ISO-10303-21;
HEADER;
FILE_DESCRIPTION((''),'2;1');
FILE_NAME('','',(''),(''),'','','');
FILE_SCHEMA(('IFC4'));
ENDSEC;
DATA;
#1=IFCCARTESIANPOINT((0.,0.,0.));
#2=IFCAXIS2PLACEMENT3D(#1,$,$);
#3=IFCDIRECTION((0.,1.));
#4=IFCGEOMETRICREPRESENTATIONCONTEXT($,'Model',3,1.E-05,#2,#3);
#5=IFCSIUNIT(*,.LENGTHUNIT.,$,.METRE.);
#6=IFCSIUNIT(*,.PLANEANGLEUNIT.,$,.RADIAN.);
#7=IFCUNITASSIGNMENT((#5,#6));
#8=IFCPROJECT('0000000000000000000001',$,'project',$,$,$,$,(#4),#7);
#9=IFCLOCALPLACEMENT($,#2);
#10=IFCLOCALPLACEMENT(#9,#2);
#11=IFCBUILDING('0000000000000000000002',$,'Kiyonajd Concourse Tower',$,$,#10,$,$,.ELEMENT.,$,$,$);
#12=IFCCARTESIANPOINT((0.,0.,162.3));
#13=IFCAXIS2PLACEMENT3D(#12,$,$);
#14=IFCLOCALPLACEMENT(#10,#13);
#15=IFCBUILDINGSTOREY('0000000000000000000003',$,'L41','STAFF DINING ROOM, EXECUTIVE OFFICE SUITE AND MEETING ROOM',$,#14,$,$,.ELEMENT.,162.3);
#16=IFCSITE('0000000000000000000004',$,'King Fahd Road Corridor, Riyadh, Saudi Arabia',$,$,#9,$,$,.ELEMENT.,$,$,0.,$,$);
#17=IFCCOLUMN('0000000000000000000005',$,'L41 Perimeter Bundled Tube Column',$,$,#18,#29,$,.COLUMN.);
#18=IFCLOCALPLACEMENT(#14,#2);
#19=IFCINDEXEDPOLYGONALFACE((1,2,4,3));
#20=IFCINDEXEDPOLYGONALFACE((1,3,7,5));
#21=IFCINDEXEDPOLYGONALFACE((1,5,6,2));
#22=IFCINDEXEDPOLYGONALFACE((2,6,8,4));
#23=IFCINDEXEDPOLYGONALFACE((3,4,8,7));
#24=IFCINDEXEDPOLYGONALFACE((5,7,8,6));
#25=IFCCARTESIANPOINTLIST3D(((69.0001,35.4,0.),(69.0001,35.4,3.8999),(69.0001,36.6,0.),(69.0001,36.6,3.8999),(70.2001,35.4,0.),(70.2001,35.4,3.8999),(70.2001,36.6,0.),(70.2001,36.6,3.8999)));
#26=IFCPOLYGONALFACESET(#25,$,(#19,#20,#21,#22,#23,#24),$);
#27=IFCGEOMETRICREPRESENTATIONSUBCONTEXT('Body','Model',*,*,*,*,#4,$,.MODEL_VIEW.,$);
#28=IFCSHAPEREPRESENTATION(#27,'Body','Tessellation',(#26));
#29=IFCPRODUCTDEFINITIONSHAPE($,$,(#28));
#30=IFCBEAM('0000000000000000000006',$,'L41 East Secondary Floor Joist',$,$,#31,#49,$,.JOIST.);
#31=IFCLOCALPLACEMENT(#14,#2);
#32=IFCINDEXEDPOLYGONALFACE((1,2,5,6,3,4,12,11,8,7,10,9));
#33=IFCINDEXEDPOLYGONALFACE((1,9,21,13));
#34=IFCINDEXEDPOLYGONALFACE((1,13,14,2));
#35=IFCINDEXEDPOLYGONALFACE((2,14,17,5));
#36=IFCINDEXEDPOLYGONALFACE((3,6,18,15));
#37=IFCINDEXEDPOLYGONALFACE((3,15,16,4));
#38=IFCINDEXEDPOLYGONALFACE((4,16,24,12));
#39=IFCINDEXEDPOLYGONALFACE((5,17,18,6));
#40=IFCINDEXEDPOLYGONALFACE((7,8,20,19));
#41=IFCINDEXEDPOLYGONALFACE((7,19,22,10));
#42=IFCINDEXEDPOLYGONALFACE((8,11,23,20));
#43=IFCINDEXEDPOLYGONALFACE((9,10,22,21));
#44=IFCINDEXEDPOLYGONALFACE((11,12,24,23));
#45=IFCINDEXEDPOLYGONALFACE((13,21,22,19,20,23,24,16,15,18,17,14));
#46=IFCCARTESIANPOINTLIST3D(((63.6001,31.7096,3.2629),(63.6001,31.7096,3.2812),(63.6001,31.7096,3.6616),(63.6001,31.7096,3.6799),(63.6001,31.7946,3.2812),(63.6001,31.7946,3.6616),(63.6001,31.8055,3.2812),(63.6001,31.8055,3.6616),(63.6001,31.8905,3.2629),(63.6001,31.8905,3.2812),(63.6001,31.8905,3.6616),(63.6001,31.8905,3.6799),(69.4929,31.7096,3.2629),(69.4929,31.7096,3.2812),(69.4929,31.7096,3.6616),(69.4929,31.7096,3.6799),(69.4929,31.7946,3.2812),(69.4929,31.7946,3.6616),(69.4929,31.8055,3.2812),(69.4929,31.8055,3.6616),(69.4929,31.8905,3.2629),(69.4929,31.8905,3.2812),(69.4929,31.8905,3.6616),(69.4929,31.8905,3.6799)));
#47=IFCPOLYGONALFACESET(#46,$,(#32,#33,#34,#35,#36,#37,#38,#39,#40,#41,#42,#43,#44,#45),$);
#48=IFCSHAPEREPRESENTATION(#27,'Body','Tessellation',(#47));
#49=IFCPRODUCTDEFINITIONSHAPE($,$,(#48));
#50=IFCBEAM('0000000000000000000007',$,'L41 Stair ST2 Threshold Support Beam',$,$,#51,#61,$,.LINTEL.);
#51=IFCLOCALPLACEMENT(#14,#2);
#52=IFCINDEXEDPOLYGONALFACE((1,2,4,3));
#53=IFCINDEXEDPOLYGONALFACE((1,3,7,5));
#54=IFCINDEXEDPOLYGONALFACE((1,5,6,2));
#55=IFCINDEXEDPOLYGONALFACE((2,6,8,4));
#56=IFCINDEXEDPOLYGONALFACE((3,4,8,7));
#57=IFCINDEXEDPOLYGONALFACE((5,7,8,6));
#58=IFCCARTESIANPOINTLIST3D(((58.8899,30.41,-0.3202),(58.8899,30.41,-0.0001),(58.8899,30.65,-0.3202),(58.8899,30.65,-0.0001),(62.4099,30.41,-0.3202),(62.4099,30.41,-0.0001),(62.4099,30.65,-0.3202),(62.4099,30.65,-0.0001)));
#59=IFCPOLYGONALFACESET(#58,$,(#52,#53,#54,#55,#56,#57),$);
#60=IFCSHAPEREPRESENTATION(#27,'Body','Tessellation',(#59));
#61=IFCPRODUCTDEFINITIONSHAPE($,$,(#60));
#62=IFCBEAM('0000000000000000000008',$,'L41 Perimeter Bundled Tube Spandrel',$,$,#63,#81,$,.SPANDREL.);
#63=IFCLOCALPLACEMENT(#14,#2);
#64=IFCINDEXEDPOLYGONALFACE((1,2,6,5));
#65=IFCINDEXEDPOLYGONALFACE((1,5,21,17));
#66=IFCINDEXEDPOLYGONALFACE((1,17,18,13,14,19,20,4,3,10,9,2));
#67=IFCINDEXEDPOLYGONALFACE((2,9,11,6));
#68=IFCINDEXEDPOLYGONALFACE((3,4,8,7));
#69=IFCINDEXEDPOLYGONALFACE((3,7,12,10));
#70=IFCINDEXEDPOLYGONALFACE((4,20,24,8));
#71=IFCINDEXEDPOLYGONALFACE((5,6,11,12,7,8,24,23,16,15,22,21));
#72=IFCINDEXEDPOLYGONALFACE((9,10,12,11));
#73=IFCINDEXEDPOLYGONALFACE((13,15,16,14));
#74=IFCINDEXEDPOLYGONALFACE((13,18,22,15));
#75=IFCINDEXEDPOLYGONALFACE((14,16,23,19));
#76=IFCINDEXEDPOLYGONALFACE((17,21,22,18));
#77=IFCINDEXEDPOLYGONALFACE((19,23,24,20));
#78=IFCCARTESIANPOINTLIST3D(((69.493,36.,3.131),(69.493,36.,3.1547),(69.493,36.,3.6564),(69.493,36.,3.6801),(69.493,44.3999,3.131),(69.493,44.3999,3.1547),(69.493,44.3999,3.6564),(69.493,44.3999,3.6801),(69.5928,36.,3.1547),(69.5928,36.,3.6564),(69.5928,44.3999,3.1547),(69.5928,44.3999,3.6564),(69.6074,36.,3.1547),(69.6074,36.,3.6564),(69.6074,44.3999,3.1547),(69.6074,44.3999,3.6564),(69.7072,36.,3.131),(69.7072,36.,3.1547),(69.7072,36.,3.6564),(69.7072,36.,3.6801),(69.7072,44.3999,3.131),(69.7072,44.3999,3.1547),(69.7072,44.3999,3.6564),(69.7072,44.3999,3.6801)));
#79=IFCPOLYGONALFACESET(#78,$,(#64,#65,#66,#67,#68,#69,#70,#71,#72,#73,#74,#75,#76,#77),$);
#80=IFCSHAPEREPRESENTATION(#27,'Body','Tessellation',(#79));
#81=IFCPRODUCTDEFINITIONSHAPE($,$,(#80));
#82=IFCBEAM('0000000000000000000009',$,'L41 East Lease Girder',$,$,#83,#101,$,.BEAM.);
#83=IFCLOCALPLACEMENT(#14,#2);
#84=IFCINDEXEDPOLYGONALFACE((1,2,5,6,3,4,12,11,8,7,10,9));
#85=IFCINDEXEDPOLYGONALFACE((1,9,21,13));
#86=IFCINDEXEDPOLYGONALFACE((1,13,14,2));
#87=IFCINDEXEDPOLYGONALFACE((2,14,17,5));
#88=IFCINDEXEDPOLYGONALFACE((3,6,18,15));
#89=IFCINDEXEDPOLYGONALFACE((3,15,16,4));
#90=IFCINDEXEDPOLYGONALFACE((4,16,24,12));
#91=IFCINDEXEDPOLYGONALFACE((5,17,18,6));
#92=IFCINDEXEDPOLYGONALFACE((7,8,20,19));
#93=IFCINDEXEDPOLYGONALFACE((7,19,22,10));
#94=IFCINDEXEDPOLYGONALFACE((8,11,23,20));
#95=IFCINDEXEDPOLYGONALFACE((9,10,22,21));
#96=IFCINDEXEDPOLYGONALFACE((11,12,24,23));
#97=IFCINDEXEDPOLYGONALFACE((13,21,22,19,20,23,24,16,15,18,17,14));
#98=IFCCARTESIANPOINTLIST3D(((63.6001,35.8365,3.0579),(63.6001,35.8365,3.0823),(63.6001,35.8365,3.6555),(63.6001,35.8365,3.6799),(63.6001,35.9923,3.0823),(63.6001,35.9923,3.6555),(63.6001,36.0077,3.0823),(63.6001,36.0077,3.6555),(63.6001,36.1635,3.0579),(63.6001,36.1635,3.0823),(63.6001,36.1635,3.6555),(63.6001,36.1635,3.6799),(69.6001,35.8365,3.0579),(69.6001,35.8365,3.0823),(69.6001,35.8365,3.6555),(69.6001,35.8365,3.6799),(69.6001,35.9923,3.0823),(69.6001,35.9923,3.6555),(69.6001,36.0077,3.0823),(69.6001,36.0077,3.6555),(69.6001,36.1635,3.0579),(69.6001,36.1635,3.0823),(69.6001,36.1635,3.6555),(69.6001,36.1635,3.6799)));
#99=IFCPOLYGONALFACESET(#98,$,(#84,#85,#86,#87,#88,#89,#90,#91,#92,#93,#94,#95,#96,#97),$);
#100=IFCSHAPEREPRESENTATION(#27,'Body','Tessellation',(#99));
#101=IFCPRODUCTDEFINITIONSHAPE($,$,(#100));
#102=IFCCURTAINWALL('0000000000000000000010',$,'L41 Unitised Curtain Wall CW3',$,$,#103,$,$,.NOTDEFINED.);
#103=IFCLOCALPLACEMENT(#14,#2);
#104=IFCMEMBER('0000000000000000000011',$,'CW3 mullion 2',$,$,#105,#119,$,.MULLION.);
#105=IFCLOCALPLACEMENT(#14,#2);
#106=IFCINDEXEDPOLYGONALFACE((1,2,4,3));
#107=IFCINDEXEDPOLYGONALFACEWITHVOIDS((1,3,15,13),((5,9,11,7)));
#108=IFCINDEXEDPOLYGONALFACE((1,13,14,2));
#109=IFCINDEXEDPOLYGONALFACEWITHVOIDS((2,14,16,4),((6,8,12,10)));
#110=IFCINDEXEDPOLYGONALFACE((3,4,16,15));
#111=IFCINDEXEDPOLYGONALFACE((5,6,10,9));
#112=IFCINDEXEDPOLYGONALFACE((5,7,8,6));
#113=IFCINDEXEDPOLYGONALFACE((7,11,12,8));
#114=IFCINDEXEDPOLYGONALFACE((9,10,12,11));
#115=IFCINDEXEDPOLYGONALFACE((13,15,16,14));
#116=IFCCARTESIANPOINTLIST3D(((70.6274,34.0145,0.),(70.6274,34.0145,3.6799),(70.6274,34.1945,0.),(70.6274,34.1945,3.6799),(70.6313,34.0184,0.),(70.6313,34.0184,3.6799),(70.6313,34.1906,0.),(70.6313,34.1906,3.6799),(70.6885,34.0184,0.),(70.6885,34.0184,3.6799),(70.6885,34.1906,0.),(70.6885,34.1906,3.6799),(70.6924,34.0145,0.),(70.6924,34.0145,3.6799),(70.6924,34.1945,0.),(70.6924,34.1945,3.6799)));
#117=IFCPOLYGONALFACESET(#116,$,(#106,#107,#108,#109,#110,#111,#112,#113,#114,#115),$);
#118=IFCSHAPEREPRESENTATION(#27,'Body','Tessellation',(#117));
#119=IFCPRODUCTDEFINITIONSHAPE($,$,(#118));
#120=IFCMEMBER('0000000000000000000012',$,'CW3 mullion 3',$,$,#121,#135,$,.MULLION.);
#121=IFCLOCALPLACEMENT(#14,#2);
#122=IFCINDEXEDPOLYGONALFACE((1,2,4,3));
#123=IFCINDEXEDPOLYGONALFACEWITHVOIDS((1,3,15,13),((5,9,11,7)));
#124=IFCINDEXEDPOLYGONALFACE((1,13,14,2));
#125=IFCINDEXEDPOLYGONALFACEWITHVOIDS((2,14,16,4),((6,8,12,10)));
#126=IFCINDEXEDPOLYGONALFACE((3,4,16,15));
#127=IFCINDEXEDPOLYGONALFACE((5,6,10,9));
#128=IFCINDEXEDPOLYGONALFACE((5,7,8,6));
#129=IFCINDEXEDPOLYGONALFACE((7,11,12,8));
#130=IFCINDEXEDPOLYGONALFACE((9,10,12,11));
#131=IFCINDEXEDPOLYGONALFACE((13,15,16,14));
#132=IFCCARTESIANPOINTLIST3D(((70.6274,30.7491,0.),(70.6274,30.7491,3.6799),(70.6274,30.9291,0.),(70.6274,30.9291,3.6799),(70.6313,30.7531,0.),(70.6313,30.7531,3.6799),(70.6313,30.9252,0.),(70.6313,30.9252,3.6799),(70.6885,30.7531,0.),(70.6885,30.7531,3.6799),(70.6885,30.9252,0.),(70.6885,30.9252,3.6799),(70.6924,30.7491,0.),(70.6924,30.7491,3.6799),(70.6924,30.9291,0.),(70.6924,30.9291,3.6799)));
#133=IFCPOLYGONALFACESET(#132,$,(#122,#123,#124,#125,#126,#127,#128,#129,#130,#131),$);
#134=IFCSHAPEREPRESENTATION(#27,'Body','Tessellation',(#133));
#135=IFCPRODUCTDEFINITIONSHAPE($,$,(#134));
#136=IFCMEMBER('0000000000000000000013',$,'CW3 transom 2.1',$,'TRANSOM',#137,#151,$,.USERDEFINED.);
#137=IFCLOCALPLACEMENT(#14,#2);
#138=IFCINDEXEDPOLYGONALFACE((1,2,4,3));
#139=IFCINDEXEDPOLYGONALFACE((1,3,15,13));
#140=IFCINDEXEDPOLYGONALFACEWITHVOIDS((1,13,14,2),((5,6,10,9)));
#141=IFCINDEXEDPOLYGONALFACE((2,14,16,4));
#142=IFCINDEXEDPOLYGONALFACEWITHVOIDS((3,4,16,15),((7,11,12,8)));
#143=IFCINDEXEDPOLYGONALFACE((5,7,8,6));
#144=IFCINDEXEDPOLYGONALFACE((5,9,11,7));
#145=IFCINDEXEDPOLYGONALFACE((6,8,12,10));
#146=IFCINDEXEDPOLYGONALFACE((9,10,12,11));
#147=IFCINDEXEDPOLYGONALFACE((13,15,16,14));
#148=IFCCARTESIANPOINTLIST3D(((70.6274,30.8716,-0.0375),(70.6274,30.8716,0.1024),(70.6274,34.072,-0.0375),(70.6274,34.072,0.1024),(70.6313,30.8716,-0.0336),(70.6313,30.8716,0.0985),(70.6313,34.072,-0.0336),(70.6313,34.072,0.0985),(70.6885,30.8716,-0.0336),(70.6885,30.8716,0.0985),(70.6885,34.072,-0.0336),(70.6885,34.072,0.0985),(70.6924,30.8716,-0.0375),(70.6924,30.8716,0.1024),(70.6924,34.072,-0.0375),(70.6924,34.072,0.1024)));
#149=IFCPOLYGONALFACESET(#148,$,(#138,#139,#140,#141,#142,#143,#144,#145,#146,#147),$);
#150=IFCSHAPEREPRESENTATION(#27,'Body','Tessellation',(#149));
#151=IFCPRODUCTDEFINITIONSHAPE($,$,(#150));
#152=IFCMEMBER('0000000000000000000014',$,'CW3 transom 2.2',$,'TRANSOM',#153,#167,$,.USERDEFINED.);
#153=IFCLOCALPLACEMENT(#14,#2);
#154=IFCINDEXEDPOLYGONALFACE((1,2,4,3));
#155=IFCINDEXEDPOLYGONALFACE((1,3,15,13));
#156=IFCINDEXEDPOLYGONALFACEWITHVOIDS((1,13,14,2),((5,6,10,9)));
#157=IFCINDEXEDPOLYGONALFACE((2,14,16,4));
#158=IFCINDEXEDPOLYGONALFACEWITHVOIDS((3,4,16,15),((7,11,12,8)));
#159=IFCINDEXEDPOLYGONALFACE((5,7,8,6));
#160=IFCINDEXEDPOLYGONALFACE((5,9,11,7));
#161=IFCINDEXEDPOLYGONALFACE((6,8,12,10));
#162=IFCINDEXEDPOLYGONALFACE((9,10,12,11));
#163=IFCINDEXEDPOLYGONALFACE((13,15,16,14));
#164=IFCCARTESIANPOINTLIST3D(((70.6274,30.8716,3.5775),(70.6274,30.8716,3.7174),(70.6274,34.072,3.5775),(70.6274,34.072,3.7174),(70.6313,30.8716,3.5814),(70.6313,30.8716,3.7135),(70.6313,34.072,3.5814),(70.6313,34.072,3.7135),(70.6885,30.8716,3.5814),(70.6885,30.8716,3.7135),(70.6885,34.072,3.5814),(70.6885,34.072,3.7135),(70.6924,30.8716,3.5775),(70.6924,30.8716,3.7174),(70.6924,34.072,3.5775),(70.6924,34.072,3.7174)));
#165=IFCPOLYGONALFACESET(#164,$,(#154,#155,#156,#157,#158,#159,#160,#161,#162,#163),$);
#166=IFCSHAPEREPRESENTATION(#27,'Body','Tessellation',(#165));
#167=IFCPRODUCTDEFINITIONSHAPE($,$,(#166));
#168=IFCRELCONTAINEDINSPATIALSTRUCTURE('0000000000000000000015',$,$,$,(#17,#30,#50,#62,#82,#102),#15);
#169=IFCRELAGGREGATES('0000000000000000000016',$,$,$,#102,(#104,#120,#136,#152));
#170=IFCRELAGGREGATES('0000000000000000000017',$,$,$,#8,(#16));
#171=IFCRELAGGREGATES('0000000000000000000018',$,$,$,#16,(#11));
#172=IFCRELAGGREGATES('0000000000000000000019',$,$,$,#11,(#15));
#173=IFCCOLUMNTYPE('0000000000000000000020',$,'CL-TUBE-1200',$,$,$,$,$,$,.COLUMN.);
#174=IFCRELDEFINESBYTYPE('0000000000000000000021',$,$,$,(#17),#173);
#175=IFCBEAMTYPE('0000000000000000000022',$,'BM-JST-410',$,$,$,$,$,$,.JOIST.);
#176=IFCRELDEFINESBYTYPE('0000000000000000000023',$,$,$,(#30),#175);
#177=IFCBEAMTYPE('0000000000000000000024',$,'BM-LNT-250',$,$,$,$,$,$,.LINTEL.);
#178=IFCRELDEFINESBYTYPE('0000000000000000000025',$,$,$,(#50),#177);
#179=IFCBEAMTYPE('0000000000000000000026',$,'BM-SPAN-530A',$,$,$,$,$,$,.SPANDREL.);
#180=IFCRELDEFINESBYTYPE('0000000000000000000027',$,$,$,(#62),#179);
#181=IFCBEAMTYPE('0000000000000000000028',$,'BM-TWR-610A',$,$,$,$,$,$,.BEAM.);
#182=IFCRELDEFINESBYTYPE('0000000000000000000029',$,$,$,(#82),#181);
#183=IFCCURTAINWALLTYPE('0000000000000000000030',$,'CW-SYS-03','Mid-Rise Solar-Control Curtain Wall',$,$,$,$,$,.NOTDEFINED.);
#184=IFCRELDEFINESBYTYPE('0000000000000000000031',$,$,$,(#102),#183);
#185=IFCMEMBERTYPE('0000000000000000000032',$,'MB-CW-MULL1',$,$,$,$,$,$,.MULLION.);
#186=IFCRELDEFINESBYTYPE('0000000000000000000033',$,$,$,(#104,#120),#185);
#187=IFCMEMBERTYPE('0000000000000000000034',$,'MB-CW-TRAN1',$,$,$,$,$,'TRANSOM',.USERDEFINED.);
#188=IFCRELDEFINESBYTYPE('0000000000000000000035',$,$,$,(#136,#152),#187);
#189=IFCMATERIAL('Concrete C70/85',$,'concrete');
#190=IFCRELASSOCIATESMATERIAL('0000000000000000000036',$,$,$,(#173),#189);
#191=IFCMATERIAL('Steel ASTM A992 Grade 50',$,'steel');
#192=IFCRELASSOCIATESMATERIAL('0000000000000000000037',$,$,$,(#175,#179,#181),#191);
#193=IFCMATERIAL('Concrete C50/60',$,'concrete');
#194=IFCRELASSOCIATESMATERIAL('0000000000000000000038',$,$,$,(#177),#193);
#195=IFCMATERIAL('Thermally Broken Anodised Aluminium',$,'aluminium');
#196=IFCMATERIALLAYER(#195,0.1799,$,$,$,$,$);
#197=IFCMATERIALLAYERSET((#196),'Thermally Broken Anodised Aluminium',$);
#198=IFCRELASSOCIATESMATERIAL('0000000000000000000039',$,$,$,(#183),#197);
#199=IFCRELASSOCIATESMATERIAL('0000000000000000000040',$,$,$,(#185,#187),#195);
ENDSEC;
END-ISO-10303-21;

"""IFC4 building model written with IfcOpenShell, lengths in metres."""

from ifc_helpers import new_model, si_unit, direction, frame, origin, origin_2d, place, context, subcontext, project, spatial, rectangle, hollow_rectangle, i_section, extrude, material, layer, layer_set, material_profile, profile_set, type_object, element, aggregate, save


model = new_model("IFC4")

# Units and contexts
model_context = context("Model", 3, precision=1e-05, world=origin(), true_north=direction((0.0, 1.0)))
body_context = subcontext(model_context, "Body", "Model", "MODEL_VIEW")
ifc_project = project(units=[si_unit("LENGTHUNIT", "METRE"), si_unit("PLANEANGLEUNIT", "RADIAN")], contexts=[model_context])

# Site, building, storey
site_placement = place(None, origin())
site = spatial("IfcSite", under=ifc_project, at=site_placement, Name="King Fahd Road Corridor, Riyadh, Saudi Arabia", CompositionType="ELEMENT", RefElevation=0.0)
building_placement = place(site_placement, origin())
building = spatial("IfcBuilding", under=site, at=building_placement, Name="Kiyonajd Concourse Tower", CompositionType="ELEMENT")
storey_placement = place(building_placement, frame((0.0, 0.0, 162.3)))
storey = spatial("IfcBuildingStorey", under=building, at=storey_placement, Name="L41", Description="STAFF DINING ROOM, EXECUTIVE OFFICE SUITE AND MEETING ROOM", CompositionType="ELEMENT", Elevation=162.3)

# Column
ifc_material_1 = material(Name="Concrete C70/85", Category="concrete")
ifc_material_profile_1 = material_profile(ifc_material_1, rectangle(XDim=1.2, YDim=1.2, at=origin_2d()), Name="RC-1200x1200")
ifc_profile_set_1 = profile_set([ifc_material_profile_1], Name="Concrete C70/85")
column_type = type_object("IfcColumnType", Name="CL-TUBE-1200", PredefinedType="COLUMN", material=ifc_profile_set_1)
column_placement = place(storey_placement, frame((69.6001, 36.0, 0.0), z_axis=(0.0, 0.0, 1.0), x_axis=(1.0, 0.0, 0.0)))
element("IfcColumn", 1, at=column_placement, inside=storey, type_object=column_type, Name="L41 Perimeter Bundled Tube Column", PredefinedType="COLUMN", context=body_context, shape_type="SweptSolid", body=[
    extrude(rectangle(XDim=1.2, YDim=1.2, at=origin_2d()), origin(), (0.0, 0.0, 1.0), 3.8999),
])

# Beams
ifc_material_2 = material(Name="Steel ASTM A992 Grade 50", Category="steel")
ifc_material_profile_2 = material_profile(ifc_material_2, i_section(OverallWidth=0.1809, OverallDepth=0.417, WebThickness=0.011, FlangeThickness=0.0183, at=origin_2d()), Name="W410X85")
ifc_profile_set_2 = profile_set([ifc_material_profile_2], Name="Steel ASTM A992 Grade 50")
beam_type_1 = type_object("IfcBeamType", Name="BM-JST-410", PredefinedType="JOIST", material=ifc_profile_set_2)
beam_1_placement = place(storey_placement, frame((63.6001, 31.8, 3.4714), z_axis=(1.0, 0.0, 0.0), x_axis=(0.0, 1.0, 0.0)))
element("IfcBeam", 2, at=beam_1_placement, inside=storey, type_object=beam_type_1, Name="L41 East Secondary Floor Joist", PredefinedType="JOIST", context=body_context, shape_type="SweptSolid", body=[
    extrude(i_section(OverallWidth=0.1809, OverallDepth=0.417, WebThickness=0.011, FlangeThickness=0.0183, at=origin_2d()), origin(), (0.0, 0.0, 1.0), 5.8928),
])
ifc_material_3 = material(Name="Concrete C50/60", Category="concrete")
ifc_material_profile_3 = material_profile(ifc_material_3, rectangle(XDim=0.24, YDim=0.3201, at=origin_2d()), Name="RCBM-240x320")
ifc_profile_set_3 = profile_set([ifc_material_profile_3], Name="Concrete C50/60")
beam_type_2 = type_object("IfcBeamType", Name="BM-LNT-250", PredefinedType="LINTEL", material=ifc_profile_set_3)
beam_2_placement = place(storey_placement, frame((58.8899, 30.53, -0.1602), z_axis=(1.0, 0.0, 0.0), x_axis=(0.0, 1.0, 0.0)))
element("IfcBeam", 3, at=beam_2_placement, inside=storey, type_object=beam_type_2, Name="L41 Stair ST2 Threshold Support Beam", PredefinedType="LINTEL", context=body_context, shape_type="SweptSolid", body=[
    extrude(rectangle(XDim=0.24, YDim=0.3201, at=origin_2d()), origin(), (0.0, 0.0, 1.0), 3.52),
])
ifc_material_profile_4 = material_profile(ifc_material_2, i_section(OverallWidth=0.2141, OverallDepth=0.5491, WebThickness=0.0146, FlangeThickness=0.0237, at=origin_2d()), Name="W530X138")
ifc_profile_set_4 = profile_set([ifc_material_profile_4], Name="Steel ASTM A992 Grade 50")
beam_type_3 = type_object("IfcBeamType", Name="BM-SPAN-530A", PredefinedType="SPANDREL", material=ifc_profile_set_4)
beam_3_placement = place(storey_placement, frame((69.6001, 36.0, 3.4055), z_axis=(0.0, 1.0, 0.0), x_axis=(-1.0, 0.0, 0.0)))
element("IfcBeam", 4, at=beam_3_placement, inside=storey, type_object=beam_type_3, Name="L41 Perimeter Bundled Tube Spandrel", PredefinedType="SPANDREL", context=body_context, shape_type="SweptSolid", body=[
    extrude(i_section(OverallWidth=0.2141, OverallDepth=0.5491, WebThickness=0.0146, FlangeThickness=0.0237, at=origin_2d()), origin(), (0.0, 0.0, 1.0), 8.3999),
])
ifc_material_profile_5 = material_profile(ifc_material_2, i_section(OverallWidth=0.3269, OverallDepth=0.6221, WebThickness=0.0154, FlangeThickness=0.0244, at=origin_2d()), Name="W610X195")
ifc_profile_set_5 = profile_set([ifc_material_profile_5], Name="Steel ASTM A992 Grade 50")
beam_type_4 = type_object("IfcBeamType", Name="BM-TWR-610A", PredefinedType="BEAM", material=ifc_profile_set_5)
beam_4_placement = place(storey_placement, frame((63.6001, 36.0, 3.3689), z_axis=(1.0, 0.0, 0.0), x_axis=(0.0, 1.0, 0.0)))
element("IfcBeam", 5, at=beam_4_placement, inside=storey, type_object=beam_type_4, Name="L41 East Lease Girder", PredefinedType="BEAM", context=body_context, shape_type="SweptSolid", body=[
    extrude(i_section(OverallWidth=0.3269, OverallDepth=0.6221, WebThickness=0.0154, FlangeThickness=0.0244, at=origin_2d()), origin(), (0.0, 0.0, 1.0), 6.0),
])

# Curtain wall, members
ifc_material_4 = material(Name="Thermally Broken Anodised Aluminium", Category="aluminium")
ifc_layer_1 = layer(ifc_material_4, 0.1799)
ifc_layer_set_1 = layer_set([ifc_layer_1], Name="Thermally Broken Anodised Aluminium")
curtain_wall_type = type_object("IfcCurtainWallType", Name="CW-SYS-03", Description="Mid-Rise Solar-Control Curtain Wall", PredefinedType="NOTDEFINED", material=ifc_layer_set_1)
curtain_wall_placement = place(storey_placement, origin())
curtain_wall = element("IfcCurtainWall", 6, at=curtain_wall_placement, inside=storey, type_object=curtain_wall_type, Name="L41 Unitised Curtain Wall CW3", PredefinedType="NOTDEFINED")
ifc_material_profile_6 = material_profile(ifc_material_4, hollow_rectangle(XDim=0.0649, YDim=0.1799, WallThickness=0.0039, at=origin_2d()), Name="MULL-65x180")
ifc_profile_set_6 = profile_set([ifc_material_profile_6], Name="Thermally Broken Anodised Aluminium")
member_type_1 = type_object("IfcMemberType", Name="MB-CW-MULL1", PredefinedType="MULLION", material=ifc_profile_set_6)
member_1_placement = place(storey_placement, frame((70.6599, 34.1045, 0.0), z_axis=(0.0, 0.0, 1.0), x_axis=(1.0, 0.0, 0.0)))
member_1 = element("IfcMember", 7, at=member_1_placement, type_object=member_type_1, Name="CW3 mullion 2", PredefinedType="MULLION", context=body_context, shape_type="SweptSolid", body=[
    extrude(hollow_rectangle(XDim=0.0649, YDim=0.1799, WallThickness=0.0039, at=origin_2d()), origin(), (0.0, 0.0, 1.0), 3.6799),
])
member_2_placement = place(storey_placement, frame((70.6599, 30.8391, 0.0), z_axis=(0.0, 0.0, 1.0), x_axis=(1.0, 0.0, 0.0)))
member_2 = element("IfcMember", 8, at=member_2_placement, type_object=member_type_1, Name="CW3 mullion 3", PredefinedType="MULLION", context=body_context, shape_type="SweptSolid", body=[
    extrude(hollow_rectangle(XDim=0.0649, YDim=0.1799, WallThickness=0.0039, at=origin_2d()), origin(), (0.0, 0.0, 1.0), 3.6799),
])
ifc_material_profile_7 = material_profile(ifc_material_4, hollow_rectangle(XDim=0.0649, YDim=0.1399, WallThickness=0.0039, at=origin_2d()), Name="TRAN-65x140")
ifc_profile_set_7 = profile_set([ifc_material_profile_7], Name="Thermally Broken Anodised Aluminium")
member_type_2 = type_object("IfcMemberType", Name="MB-CW-TRAN1", ElementType="TRANSOM", PredefinedType="USERDEFINED", material=ifc_profile_set_7)
member_3_placement = place(storey_placement, frame((70.6599, 34.072, 0.0325), z_axis=(0.0, -1.0, 0.0), x_axis=(1.0, 0.0, 0.0)))
member_3 = element("IfcMember", 9, at=member_3_placement, type_object=member_type_2, Name="CW3 transom 2.1", ObjectType="TRANSOM", PredefinedType="USERDEFINED", context=body_context, shape_type="SweptSolid", body=[
    extrude(hollow_rectangle(XDim=0.0649, YDim=0.1399, WallThickness=0.0039, at=origin_2d()), origin(), (0.0, 0.0, 1.0), 3.2004),
])
member_4_placement = place(storey_placement, frame((70.6599, 34.072, 3.6475), z_axis=(0.0, -1.0, 0.0), x_axis=(1.0, 0.0, 0.0)))
member_4 = element("IfcMember", 10, at=member_4_placement, type_object=member_type_2, Name="CW3 transom 2.2", ObjectType="TRANSOM", PredefinedType="USERDEFINED", context=body_context, shape_type="SweptSolid", body=[
    extrude(hollow_rectangle(XDim=0.0649, YDim=0.1399, WallThickness=0.0039, at=origin_2d()), origin(), (0.0, 0.0, 1.0), 3.2004),
])
aggregate(curtain_wall, [member_1, member_2, member_3, member_4])

save(model, "model.ifc")
